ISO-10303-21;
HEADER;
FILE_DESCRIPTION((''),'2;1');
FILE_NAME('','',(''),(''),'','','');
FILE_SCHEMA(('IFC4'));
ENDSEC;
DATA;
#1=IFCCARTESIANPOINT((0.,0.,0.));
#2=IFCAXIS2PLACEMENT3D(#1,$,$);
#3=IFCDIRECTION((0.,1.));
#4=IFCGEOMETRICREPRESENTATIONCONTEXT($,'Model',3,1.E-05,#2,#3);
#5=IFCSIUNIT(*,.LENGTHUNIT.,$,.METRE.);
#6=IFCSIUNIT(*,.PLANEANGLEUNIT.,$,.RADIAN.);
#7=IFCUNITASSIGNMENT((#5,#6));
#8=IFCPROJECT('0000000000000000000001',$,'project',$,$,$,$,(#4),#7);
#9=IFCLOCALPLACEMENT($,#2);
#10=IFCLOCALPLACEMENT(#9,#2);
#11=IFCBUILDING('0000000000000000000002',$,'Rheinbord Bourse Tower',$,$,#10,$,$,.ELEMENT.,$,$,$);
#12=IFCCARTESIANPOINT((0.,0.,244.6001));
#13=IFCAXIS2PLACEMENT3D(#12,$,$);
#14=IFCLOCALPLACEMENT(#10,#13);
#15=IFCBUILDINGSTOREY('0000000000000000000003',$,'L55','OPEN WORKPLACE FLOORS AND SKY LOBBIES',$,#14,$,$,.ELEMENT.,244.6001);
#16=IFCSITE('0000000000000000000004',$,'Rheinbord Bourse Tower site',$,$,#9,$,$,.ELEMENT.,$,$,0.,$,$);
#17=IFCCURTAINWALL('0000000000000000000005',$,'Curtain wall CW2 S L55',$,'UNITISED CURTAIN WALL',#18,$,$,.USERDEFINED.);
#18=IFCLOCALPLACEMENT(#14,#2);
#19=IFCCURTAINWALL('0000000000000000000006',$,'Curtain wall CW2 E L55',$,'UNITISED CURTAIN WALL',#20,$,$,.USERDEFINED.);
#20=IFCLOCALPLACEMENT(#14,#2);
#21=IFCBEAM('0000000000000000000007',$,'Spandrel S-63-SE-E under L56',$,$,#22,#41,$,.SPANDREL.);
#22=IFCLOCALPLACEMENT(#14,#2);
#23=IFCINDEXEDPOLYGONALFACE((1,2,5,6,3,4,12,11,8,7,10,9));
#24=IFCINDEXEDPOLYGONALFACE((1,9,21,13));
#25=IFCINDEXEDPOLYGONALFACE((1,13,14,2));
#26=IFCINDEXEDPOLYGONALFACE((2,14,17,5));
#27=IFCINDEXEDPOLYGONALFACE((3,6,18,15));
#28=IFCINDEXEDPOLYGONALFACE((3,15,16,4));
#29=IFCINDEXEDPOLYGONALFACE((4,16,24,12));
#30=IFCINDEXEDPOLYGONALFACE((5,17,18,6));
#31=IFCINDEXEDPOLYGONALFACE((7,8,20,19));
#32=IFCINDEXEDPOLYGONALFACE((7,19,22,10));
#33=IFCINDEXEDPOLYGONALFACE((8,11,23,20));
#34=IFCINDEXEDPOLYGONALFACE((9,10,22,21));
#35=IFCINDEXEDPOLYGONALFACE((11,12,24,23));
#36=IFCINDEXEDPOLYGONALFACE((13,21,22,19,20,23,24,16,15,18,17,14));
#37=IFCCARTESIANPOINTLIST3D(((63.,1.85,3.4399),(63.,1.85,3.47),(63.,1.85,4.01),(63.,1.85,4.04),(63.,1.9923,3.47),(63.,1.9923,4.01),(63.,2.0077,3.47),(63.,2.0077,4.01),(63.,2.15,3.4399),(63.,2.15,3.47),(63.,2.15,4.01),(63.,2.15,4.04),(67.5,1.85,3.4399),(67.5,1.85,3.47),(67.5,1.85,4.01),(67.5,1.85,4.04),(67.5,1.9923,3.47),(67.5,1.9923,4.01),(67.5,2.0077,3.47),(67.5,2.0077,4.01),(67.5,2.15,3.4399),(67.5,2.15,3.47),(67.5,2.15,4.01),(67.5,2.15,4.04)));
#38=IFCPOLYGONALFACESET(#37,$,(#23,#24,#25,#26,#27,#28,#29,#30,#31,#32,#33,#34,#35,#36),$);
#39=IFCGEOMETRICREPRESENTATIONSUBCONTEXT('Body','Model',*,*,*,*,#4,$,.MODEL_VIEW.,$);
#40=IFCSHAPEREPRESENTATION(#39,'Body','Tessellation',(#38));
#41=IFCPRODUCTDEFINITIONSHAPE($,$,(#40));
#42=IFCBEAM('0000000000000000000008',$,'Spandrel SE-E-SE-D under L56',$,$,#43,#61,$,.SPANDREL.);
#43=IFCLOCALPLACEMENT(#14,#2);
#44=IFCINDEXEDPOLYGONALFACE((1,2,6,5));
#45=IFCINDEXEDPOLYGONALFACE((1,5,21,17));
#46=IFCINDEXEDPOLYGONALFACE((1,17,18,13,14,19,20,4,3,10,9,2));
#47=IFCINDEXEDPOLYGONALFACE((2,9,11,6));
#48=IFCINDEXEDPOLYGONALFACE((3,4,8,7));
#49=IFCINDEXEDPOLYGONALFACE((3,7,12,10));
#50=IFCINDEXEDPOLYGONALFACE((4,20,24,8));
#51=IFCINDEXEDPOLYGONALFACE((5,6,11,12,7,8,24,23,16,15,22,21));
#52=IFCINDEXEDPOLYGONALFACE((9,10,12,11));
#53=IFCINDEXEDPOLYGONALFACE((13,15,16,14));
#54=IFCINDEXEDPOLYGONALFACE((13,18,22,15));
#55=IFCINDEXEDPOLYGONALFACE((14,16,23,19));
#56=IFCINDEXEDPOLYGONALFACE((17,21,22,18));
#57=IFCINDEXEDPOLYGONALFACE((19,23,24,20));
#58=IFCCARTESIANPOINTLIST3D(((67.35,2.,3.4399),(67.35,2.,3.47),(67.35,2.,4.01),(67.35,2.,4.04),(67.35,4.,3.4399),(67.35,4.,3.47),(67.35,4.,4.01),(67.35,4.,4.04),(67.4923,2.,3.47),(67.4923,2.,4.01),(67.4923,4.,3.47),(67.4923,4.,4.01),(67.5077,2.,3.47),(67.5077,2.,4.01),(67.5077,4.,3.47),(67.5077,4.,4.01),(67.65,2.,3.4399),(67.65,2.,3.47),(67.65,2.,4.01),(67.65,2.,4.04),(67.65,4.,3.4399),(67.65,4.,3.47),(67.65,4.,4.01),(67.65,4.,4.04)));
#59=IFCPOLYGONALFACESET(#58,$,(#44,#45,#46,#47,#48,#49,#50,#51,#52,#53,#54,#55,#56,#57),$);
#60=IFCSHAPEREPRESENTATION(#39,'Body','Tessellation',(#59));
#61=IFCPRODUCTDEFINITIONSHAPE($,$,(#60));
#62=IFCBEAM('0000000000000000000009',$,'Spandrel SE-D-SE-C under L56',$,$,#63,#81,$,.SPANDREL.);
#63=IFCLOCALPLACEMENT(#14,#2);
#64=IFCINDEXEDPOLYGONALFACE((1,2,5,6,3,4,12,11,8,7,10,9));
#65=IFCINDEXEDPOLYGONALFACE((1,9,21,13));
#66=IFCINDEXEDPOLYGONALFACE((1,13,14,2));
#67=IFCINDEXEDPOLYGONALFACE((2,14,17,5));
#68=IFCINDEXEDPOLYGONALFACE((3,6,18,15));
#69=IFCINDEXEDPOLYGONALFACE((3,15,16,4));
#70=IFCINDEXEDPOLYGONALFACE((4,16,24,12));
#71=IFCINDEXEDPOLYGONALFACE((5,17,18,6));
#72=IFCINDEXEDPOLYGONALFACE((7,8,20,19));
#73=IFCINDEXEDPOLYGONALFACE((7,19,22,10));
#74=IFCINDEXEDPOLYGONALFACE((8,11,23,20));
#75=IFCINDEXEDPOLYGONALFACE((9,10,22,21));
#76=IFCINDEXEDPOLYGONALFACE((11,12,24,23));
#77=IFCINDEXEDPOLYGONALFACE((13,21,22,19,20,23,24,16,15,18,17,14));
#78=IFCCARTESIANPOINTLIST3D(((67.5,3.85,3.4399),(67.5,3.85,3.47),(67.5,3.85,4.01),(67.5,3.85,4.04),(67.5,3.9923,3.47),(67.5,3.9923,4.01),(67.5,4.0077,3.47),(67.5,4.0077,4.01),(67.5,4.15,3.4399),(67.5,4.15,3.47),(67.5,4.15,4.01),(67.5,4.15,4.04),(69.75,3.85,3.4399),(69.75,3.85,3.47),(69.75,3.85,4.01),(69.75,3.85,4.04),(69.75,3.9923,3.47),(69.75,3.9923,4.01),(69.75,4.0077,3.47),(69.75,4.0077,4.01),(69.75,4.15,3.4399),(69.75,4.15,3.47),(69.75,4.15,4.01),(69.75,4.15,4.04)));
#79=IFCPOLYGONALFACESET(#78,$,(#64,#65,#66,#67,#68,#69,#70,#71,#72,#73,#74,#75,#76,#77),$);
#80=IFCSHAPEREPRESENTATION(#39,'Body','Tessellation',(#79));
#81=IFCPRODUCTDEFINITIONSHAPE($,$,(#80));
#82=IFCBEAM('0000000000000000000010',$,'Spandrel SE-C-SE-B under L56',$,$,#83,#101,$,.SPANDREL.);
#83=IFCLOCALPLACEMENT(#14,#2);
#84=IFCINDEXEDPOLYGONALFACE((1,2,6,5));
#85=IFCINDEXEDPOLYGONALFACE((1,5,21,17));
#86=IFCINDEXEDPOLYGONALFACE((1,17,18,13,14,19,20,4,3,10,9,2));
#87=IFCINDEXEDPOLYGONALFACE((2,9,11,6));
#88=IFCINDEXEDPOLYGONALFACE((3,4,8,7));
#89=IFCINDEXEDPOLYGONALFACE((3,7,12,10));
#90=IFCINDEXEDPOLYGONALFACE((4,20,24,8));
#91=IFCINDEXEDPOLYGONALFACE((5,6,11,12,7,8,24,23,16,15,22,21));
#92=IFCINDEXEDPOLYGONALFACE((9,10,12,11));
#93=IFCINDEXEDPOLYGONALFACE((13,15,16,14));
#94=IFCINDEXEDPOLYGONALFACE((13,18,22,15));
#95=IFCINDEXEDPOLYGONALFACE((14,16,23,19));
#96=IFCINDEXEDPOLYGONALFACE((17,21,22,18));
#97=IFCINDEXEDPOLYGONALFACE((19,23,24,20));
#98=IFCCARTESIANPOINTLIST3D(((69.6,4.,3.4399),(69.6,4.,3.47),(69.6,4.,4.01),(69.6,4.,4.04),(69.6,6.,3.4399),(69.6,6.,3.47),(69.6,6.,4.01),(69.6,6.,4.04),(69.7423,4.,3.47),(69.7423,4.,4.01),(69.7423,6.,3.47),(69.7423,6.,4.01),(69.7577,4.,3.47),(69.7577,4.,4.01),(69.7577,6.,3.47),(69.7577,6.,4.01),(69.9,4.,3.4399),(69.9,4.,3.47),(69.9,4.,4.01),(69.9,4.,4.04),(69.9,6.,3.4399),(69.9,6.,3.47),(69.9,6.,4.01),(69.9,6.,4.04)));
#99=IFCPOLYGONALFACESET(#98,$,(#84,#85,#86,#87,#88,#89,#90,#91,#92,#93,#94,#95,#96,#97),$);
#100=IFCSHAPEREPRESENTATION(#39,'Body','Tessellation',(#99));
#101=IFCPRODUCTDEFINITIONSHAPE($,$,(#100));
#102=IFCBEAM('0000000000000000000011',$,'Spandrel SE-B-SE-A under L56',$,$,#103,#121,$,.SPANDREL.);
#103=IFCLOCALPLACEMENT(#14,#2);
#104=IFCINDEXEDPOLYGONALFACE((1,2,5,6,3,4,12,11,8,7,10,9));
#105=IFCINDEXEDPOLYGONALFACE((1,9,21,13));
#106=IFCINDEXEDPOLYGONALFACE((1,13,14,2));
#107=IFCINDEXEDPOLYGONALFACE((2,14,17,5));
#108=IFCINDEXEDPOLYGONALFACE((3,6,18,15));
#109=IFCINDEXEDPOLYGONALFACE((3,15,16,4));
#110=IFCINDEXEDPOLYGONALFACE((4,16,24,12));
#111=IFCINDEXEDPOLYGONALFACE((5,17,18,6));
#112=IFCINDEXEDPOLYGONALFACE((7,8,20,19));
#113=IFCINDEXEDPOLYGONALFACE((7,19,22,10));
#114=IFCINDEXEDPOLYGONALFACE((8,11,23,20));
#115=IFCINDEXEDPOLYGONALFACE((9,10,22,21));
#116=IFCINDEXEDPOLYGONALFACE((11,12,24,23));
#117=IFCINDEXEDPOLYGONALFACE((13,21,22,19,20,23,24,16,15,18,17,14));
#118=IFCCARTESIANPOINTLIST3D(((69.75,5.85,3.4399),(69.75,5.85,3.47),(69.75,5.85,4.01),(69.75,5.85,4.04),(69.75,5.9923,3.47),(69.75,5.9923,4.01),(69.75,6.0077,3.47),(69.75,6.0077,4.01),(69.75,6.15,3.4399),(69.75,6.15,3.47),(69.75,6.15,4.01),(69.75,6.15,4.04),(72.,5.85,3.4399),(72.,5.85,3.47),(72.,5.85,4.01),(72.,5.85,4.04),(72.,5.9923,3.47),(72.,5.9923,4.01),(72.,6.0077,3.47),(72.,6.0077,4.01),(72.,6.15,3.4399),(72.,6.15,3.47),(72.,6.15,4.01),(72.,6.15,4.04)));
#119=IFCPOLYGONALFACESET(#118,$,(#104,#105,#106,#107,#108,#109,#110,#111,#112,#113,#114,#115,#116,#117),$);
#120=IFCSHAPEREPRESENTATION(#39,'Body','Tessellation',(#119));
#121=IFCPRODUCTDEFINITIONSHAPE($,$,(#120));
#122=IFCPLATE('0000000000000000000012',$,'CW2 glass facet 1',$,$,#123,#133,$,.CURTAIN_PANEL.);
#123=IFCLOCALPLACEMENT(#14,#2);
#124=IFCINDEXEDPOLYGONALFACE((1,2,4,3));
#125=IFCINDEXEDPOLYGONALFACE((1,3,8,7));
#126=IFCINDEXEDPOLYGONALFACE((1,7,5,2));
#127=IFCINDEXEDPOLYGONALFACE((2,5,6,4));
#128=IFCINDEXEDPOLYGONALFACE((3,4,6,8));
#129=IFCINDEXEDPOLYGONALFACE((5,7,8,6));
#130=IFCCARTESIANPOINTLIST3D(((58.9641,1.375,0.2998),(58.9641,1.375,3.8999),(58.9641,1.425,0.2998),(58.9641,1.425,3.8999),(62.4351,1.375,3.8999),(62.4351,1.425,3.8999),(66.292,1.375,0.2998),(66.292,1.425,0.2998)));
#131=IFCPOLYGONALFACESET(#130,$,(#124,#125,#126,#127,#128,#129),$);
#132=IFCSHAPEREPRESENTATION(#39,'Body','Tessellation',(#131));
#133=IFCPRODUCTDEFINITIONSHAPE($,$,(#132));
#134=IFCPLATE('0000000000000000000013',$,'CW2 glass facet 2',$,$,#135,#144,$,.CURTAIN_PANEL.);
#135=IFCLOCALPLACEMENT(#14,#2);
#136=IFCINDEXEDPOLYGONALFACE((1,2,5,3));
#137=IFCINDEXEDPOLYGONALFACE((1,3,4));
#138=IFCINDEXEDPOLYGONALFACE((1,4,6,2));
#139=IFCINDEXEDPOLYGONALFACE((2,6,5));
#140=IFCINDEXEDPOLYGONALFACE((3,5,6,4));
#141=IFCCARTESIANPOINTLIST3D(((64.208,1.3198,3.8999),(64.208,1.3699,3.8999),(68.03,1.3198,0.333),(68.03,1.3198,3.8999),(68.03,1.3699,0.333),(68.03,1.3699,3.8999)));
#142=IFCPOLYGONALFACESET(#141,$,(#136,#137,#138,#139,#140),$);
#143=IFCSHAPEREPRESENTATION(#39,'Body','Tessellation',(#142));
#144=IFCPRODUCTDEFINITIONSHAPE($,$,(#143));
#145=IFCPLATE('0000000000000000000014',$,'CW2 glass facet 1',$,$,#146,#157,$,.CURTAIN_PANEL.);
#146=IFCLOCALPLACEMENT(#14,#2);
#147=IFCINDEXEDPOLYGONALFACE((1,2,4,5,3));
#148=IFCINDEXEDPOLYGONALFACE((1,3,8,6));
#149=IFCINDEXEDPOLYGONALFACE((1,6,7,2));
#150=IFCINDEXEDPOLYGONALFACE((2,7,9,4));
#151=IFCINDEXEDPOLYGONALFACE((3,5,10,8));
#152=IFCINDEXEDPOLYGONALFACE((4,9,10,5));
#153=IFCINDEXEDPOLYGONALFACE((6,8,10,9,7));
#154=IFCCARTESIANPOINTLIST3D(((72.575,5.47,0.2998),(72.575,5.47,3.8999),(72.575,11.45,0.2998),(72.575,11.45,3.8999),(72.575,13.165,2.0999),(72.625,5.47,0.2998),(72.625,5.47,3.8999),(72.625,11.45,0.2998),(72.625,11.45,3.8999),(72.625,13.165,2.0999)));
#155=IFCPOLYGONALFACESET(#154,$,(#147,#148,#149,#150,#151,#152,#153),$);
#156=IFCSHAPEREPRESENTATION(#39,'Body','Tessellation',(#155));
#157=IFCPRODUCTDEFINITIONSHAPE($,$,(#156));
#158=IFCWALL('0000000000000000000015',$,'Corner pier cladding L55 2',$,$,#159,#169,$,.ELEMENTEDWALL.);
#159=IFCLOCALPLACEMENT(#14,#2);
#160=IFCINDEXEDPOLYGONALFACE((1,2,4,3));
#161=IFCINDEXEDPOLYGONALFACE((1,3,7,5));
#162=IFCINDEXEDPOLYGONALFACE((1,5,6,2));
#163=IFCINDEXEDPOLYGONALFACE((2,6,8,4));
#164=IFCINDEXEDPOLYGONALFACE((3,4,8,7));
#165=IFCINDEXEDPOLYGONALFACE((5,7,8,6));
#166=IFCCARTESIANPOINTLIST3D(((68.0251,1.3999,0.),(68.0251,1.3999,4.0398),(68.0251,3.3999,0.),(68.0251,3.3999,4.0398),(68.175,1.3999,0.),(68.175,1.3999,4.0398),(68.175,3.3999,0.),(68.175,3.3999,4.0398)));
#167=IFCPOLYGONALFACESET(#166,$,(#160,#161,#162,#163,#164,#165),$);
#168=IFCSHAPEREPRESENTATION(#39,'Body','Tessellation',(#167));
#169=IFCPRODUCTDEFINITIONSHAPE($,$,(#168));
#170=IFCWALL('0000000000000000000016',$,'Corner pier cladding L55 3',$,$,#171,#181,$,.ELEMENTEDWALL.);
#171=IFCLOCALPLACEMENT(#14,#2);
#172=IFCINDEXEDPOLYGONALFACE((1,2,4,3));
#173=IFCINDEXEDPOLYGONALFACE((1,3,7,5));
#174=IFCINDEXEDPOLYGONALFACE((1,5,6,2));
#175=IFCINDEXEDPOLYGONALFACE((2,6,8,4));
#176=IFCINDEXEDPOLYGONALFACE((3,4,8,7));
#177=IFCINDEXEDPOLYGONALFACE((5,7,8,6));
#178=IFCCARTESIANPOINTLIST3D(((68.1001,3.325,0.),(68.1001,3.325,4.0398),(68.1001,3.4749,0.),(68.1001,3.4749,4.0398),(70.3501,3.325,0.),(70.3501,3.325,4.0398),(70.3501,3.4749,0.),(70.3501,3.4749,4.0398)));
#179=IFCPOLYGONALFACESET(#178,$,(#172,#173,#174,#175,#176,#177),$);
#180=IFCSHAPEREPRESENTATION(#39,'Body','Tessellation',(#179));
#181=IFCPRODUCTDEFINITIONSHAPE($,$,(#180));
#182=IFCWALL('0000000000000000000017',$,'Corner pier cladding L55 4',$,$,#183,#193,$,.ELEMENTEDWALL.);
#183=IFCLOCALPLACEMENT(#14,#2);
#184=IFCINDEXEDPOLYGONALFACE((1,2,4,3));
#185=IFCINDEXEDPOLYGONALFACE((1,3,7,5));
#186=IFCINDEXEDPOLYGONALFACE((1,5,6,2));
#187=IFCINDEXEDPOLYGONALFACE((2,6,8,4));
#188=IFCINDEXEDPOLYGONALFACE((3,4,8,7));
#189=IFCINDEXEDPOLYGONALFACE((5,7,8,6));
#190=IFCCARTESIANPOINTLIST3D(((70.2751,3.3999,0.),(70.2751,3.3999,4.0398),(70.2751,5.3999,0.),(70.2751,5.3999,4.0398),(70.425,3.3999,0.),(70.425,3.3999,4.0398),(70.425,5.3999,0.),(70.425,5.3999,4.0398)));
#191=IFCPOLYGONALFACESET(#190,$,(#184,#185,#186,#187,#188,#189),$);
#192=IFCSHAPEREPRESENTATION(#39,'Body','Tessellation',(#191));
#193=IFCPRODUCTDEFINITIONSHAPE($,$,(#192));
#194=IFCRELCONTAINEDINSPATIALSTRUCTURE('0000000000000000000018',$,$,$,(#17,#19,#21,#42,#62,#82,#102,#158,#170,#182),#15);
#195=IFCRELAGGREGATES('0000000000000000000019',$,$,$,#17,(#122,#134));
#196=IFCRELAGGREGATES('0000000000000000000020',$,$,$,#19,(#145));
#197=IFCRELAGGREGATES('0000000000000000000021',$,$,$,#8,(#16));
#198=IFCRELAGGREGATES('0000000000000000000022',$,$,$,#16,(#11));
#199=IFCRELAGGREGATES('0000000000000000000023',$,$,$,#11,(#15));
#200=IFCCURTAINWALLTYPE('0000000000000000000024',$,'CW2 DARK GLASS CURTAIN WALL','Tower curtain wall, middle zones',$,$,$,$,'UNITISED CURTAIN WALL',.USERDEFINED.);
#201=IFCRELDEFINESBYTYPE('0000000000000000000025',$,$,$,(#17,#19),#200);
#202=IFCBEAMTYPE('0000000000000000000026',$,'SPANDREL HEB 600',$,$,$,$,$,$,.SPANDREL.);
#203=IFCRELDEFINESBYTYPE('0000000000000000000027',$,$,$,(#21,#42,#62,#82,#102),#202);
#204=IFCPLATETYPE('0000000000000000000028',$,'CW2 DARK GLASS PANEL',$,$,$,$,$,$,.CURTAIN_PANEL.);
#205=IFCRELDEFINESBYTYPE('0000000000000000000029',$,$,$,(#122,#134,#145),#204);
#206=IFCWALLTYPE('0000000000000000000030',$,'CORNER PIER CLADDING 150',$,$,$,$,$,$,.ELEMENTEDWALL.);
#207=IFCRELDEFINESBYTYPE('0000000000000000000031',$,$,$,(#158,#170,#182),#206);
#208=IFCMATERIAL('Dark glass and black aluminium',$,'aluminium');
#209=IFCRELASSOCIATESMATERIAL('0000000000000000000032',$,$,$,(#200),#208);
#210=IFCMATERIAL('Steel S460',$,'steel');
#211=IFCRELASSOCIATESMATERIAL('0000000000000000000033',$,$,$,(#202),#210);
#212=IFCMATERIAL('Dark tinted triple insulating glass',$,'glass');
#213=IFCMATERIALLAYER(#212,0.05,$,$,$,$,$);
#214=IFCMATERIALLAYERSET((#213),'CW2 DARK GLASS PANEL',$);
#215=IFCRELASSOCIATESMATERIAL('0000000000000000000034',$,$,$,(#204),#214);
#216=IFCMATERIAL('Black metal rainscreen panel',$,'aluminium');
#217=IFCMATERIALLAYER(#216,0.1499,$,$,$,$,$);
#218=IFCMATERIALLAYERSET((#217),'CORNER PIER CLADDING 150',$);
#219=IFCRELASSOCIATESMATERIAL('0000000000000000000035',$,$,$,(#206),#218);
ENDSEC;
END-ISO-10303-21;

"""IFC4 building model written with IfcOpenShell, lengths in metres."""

from ifc_helpers import new_model, si_unit, direction, frame, frame_2d, origin, origin_2d, place, context, subcontext, project, spatial, polyline, rectangle, i_section, outline, extrude, material, layer, layer_set, material_profile, profile_set, type_object, element, aggregate, save


model = new_model("IFC4")

# Units and contexts
model_context = context("Model", 3, precision=1e-05, world=origin(), true_north=direction((0.0, 1.0)))
body_context = subcontext(model_context, "Body", "Model", "MODEL_VIEW")
ifc_project = project(units=[si_unit("LENGTHUNIT", "METRE"), si_unit("PLANEANGLEUNIT", "RADIAN")], contexts=[model_context])

# Site, building, storey
site_placement = place(None, origin())
site = spatial("IfcSite", under=ifc_project, at=site_placement, Name="Rheinbord Bourse Tower site", CompositionType="ELEMENT", RefElevation=0.0)
building_placement = place(site_placement, origin())
building = spatial("IfcBuilding", under=site, at=building_placement, Name="Rheinbord Bourse Tower", CompositionType="ELEMENT")
storey_placement = place(building_placement, frame((0.0, 0.0, 244.6001)))
storey = spatial("IfcBuildingStorey", under=building, at=storey_placement, Name="L55", Description="OPEN WORKPLACE FLOORS AND SKY LOBBIES", CompositionType="ELEMENT", Elevation=244.6001)

# Curtain wall
ifc_material_1 = material(Name="Dark glass and black aluminium", Category="aluminium")
curtain_wall_type = type_object("IfcCurtainWallType", Name="CW2 DARK GLASS CURTAIN WALL", Description="Tower curtain wall, middle zones", ElementType="UNITISED CURTAIN WALL", PredefinedType="USERDEFINED", material=ifc_material_1)
curtain_wall_1_placement = place(storey_placement, origin())
curtain_wall_1 = element("IfcCurtainWall", 1, at=curtain_wall_1_placement, inside=storey, type_object=curtain_wall_type, Name="Curtain wall CW2 S L55", ObjectType="UNITISED CURTAIN WALL", PredefinedType="USERDEFINED")

# Curtain wall
curtain_wall_2_placement = place(storey_placement, origin())
curtain_wall_2 = element("IfcCurtainWall", 2, at=curtain_wall_2_placement, inside=storey, type_object=curtain_wall_type, Name="Curtain wall CW2 E L55", ObjectType="UNITISED CURTAIN WALL", PredefinedType="USERDEFINED")

# Beams
ifc_material_2 = material(Name="Steel S460", Category="steel")
ifc_material_profile_1 = material_profile(ifc_material_2, i_section(OverallWidth=0.3, OverallDepth=0.6001, WebThickness=0.0154, FlangeThickness=0.03, at=origin_2d()), Name="HEB 600")
ifc_profile_set_1 = profile_set([ifc_material_profile_1], Name="Steel S460")
beam_type_1 = type_object("IfcBeamType", Name="SPANDREL HEB 600", PredefinedType="SPANDREL", material=ifc_profile_set_1)
for number, where, z_axis, x_axis, name in (
    (3, (63.0, 2.0, 3.74), (1.0, 0.0, 0.0), (0.0, 1.0, 0.0), "Spandrel S-63-SE-E under L56"),
):
    element("IfcBeam", number, at=place(storey_placement, frame(where, z_axis=z_axis, x_axis=x_axis)), inside=storey, type_object=beam_type_1, Name=name, PredefinedType="SPANDREL", context=body_context, shape_type="SweptSolid", body=[
        extrude(i_section(OverallWidth=0.3, OverallDepth=0.6001, WebThickness=0.0154, FlangeThickness=0.03, at=origin_2d()), origin(), (0.0, 0.0, 1.0), 4.5),
    ])
beam_1_placement = place(storey_placement, frame((67.5, 2.0, 3.74), z_axis=(0.0, 1.0, 0.0), x_axis=(-1.0, 0.0, 0.0)))
element("IfcBeam", 4, at=beam_1_placement, inside=storey, type_object=beam_type_1, Name="Spandrel SE-E-SE-D under L56", PredefinedType="SPANDREL", context=body_context, shape_type="SweptSolid", body=[
    extrude(i_section(OverallWidth=0.3, OverallDepth=0.6001, WebThickness=0.0154, FlangeThickness=0.03, at=origin_2d()), origin(), (0.0, 0.0, 1.0), 2.0),
])
beam_2_placement = place(storey_placement, frame((67.5, 4.0, 3.74), z_axis=(1.0, 0.0, 0.0), x_axis=(0.0, 1.0, 0.0)))
element("IfcBeam", 5, at=beam_2_placement, inside=storey, type_object=beam_type_1, Name="Spandrel SE-D-SE-C under L56", PredefinedType="SPANDREL", context=body_context, shape_type="SweptSolid", body=[
    extrude(i_section(OverallWidth=0.3, OverallDepth=0.6001, WebThickness=0.0154, FlangeThickness=0.03, at=origin_2d()), origin(), (0.0, 0.0, 1.0), 2.25),
])
beam_3_placement = place(storey_placement, frame((69.75, 4.0, 3.74), z_axis=(0.0, 1.0, 0.0), x_axis=(-1.0, 0.0, 0.0)))
element("IfcBeam", 6, at=beam_3_placement, inside=storey, type_object=beam_type_1, Name="Spandrel SE-C-SE-B under L56", PredefinedType="SPANDREL", context=body_context, shape_type="SweptSolid", body=[
    extrude(i_section(OverallWidth=0.3, OverallDepth=0.6001, WebThickness=0.0154, FlangeThickness=0.03, at=origin_2d()), origin(), (0.0, 0.0, 1.0), 2.0),
])
beam_4_placement = place(storey_placement, frame((69.75, 6.0, 3.74), z_axis=(1.0, 0.0, 0.0), x_axis=(0.0, 1.0, 0.0)))
element("IfcBeam", 7, at=beam_4_placement, inside=storey, type_object=beam_type_1, Name="Spandrel SE-B-SE-A under L56", PredefinedType="SPANDREL", context=body_context, shape_type="SweptSolid", body=[
    extrude(i_section(OverallWidth=0.3, OverallDepth=0.6001, WebThickness=0.0154, FlangeThickness=0.03, at=origin_2d()), origin(), (0.0, 0.0, 1.0), 2.25),
])

# Plates
ifc_material_3 = material(Name="Dark tinted triple insulating glass", Category="glass")
ifc_layer_1 = layer(ifc_material_3, 0.05)
ifc_layer_set_1 = layer_set([ifc_layer_1], Name="CW2 DARK GLASS PANEL")
plate_type = type_object("IfcPlateType", Name="CW2 DARK GLASS PANEL", PredefinedType="CURTAIN_PANEL", material=ifc_layer_set_1)
plate_1_placement = place(storey_placement, frame((58.9641, 1.375, 0.2998), z_axis=(0.0, 1.0, 0.0), x_axis=(0.0, 0.0, 1.0)))
plate_1 = element("IfcPlate", 8, at=plate_1_placement, type_object=plate_type, Name="CW2 glass facet 1", PredefinedType="CURTAIN_PANEL", context=body_context, shape_type="SweptSolid", body=[
    extrude(outline(polyline([(0.0, 0.0), (3.6001, 0.0), (3.6001, 3.4709), (0.0, 7.3279), (0.0, 0.0)])), origin(), (0.0, 0.0, 1.0), 0.05),
])
plate_2_placement = place(storey_placement, frame((68.03, 1.3198, 3.8999), z_axis=(0.0, 1.0, 0.0), x_axis=(0.0, 0.0, -1.0)))
plate_2 = element("IfcPlate", 9, at=plate_2_placement, type_object=plate_type, Name="CW2 glass facet 2", PredefinedType="CURTAIN_PANEL", context=body_context, shape_type="SweptSolid", body=[
    extrude(outline(polyline([(0.0, 0.0), (3.5669, 0.0), (0.0, 3.822), (0.0, 0.0)])), origin(), (0.0, 0.0, 1.0), 0.05),
])
aggregate(curtain_wall_1, [plate_1, plate_2])
plate_3_placement = place(storey_placement, frame((72.625, 5.47, 0.2998), z_axis=(-1.0, 0.0, 0.0), x_axis=(0.0, 0.0, 1.0)))
plate_3 = element("IfcPlate", 10, at=plate_3_placement, type_object=plate_type, Name="CW2 glass facet 1", PredefinedType="CURTAIN_PANEL", context=body_context, shape_type="SweptSolid", body=[
    extrude(outline(polyline([(0.0, 0.0), (3.6001, 0.0), (3.6001, 5.98), (1.8, 7.6951), (0.0, 5.98), (0.0, 0.0)])), origin(), (0.0, 0.0, 1.0), 0.05),
])
aggregate(curtain_wall_2, [plate_3])

# Walls
ifc_material_4 = material(Name="Black metal rainscreen panel", Category="aluminium")
ifc_layer_2 = layer(ifc_material_4, 0.1499)
ifc_layer_set_2 = layer_set([ifc_layer_2], Name="CORNER PIER CLADDING 150")
wall_type = type_object("IfcWallType", Name="CORNER PIER CLADDING 150", PredefinedType="ELEMENTEDWALL", material=ifc_layer_set_2)
wall_1_placement = place(storey_placement, frame((68.1001, 1.3999, 0.0), z_axis=(0.0, 0.0, 1.0), x_axis=(0.0, 1.0, 0.0)))
element("IfcWall", 11, at=wall_1_placement, inside=storey, type_object=wall_type, Name="Corner pier cladding L55 2", PredefinedType="ELEMENTEDWALL", context=body_context, shape_type="SweptSolid", body=[
    extrude(rectangle(XDim=2.0, YDim=0.1499, at=frame_2d((1.0, 0.0))), origin(), (0.0, 0.0, 1.0), 4.0398),
])
wall_2_placement = place(storey_placement, frame((68.1001, 3.3999, 0.0), z_axis=(0.0, 0.0, 1.0), x_axis=(1.0, 0.0, 0.0)))
element("IfcWall", 12, at=wall_2_placement, inside=storey, type_object=wall_type, Name="Corner pier cladding L55 3", PredefinedType="ELEMENTEDWALL", context=body_context, shape_type="SweptSolid", body=[
    extrude(rectangle(XDim=2.25, YDim=0.1499, at=frame_2d((1.125, 0.0))), origin(), (0.0, 0.0, 1.0), 4.0398),
])
wall_3_placement = place(storey_placement, frame((70.3501, 3.3999, 0.0), z_axis=(0.0, 0.0, 1.0), x_axis=(0.0, 1.0, 0.0)))
element("IfcWall", 13, at=wall_3_placement, inside=storey, type_object=wall_type, Name="Corner pier cladding L55 4", PredefinedType="ELEMENTEDWALL", context=body_context, shape_type="SweptSolid", body=[
    extrude(rectangle(XDim=2.0, YDim=0.1499, at=frame_2d((1.0, 0.0))), origin(), (0.0, 0.0, 1.0), 4.0398),
])

save(model, "model.ifc")
